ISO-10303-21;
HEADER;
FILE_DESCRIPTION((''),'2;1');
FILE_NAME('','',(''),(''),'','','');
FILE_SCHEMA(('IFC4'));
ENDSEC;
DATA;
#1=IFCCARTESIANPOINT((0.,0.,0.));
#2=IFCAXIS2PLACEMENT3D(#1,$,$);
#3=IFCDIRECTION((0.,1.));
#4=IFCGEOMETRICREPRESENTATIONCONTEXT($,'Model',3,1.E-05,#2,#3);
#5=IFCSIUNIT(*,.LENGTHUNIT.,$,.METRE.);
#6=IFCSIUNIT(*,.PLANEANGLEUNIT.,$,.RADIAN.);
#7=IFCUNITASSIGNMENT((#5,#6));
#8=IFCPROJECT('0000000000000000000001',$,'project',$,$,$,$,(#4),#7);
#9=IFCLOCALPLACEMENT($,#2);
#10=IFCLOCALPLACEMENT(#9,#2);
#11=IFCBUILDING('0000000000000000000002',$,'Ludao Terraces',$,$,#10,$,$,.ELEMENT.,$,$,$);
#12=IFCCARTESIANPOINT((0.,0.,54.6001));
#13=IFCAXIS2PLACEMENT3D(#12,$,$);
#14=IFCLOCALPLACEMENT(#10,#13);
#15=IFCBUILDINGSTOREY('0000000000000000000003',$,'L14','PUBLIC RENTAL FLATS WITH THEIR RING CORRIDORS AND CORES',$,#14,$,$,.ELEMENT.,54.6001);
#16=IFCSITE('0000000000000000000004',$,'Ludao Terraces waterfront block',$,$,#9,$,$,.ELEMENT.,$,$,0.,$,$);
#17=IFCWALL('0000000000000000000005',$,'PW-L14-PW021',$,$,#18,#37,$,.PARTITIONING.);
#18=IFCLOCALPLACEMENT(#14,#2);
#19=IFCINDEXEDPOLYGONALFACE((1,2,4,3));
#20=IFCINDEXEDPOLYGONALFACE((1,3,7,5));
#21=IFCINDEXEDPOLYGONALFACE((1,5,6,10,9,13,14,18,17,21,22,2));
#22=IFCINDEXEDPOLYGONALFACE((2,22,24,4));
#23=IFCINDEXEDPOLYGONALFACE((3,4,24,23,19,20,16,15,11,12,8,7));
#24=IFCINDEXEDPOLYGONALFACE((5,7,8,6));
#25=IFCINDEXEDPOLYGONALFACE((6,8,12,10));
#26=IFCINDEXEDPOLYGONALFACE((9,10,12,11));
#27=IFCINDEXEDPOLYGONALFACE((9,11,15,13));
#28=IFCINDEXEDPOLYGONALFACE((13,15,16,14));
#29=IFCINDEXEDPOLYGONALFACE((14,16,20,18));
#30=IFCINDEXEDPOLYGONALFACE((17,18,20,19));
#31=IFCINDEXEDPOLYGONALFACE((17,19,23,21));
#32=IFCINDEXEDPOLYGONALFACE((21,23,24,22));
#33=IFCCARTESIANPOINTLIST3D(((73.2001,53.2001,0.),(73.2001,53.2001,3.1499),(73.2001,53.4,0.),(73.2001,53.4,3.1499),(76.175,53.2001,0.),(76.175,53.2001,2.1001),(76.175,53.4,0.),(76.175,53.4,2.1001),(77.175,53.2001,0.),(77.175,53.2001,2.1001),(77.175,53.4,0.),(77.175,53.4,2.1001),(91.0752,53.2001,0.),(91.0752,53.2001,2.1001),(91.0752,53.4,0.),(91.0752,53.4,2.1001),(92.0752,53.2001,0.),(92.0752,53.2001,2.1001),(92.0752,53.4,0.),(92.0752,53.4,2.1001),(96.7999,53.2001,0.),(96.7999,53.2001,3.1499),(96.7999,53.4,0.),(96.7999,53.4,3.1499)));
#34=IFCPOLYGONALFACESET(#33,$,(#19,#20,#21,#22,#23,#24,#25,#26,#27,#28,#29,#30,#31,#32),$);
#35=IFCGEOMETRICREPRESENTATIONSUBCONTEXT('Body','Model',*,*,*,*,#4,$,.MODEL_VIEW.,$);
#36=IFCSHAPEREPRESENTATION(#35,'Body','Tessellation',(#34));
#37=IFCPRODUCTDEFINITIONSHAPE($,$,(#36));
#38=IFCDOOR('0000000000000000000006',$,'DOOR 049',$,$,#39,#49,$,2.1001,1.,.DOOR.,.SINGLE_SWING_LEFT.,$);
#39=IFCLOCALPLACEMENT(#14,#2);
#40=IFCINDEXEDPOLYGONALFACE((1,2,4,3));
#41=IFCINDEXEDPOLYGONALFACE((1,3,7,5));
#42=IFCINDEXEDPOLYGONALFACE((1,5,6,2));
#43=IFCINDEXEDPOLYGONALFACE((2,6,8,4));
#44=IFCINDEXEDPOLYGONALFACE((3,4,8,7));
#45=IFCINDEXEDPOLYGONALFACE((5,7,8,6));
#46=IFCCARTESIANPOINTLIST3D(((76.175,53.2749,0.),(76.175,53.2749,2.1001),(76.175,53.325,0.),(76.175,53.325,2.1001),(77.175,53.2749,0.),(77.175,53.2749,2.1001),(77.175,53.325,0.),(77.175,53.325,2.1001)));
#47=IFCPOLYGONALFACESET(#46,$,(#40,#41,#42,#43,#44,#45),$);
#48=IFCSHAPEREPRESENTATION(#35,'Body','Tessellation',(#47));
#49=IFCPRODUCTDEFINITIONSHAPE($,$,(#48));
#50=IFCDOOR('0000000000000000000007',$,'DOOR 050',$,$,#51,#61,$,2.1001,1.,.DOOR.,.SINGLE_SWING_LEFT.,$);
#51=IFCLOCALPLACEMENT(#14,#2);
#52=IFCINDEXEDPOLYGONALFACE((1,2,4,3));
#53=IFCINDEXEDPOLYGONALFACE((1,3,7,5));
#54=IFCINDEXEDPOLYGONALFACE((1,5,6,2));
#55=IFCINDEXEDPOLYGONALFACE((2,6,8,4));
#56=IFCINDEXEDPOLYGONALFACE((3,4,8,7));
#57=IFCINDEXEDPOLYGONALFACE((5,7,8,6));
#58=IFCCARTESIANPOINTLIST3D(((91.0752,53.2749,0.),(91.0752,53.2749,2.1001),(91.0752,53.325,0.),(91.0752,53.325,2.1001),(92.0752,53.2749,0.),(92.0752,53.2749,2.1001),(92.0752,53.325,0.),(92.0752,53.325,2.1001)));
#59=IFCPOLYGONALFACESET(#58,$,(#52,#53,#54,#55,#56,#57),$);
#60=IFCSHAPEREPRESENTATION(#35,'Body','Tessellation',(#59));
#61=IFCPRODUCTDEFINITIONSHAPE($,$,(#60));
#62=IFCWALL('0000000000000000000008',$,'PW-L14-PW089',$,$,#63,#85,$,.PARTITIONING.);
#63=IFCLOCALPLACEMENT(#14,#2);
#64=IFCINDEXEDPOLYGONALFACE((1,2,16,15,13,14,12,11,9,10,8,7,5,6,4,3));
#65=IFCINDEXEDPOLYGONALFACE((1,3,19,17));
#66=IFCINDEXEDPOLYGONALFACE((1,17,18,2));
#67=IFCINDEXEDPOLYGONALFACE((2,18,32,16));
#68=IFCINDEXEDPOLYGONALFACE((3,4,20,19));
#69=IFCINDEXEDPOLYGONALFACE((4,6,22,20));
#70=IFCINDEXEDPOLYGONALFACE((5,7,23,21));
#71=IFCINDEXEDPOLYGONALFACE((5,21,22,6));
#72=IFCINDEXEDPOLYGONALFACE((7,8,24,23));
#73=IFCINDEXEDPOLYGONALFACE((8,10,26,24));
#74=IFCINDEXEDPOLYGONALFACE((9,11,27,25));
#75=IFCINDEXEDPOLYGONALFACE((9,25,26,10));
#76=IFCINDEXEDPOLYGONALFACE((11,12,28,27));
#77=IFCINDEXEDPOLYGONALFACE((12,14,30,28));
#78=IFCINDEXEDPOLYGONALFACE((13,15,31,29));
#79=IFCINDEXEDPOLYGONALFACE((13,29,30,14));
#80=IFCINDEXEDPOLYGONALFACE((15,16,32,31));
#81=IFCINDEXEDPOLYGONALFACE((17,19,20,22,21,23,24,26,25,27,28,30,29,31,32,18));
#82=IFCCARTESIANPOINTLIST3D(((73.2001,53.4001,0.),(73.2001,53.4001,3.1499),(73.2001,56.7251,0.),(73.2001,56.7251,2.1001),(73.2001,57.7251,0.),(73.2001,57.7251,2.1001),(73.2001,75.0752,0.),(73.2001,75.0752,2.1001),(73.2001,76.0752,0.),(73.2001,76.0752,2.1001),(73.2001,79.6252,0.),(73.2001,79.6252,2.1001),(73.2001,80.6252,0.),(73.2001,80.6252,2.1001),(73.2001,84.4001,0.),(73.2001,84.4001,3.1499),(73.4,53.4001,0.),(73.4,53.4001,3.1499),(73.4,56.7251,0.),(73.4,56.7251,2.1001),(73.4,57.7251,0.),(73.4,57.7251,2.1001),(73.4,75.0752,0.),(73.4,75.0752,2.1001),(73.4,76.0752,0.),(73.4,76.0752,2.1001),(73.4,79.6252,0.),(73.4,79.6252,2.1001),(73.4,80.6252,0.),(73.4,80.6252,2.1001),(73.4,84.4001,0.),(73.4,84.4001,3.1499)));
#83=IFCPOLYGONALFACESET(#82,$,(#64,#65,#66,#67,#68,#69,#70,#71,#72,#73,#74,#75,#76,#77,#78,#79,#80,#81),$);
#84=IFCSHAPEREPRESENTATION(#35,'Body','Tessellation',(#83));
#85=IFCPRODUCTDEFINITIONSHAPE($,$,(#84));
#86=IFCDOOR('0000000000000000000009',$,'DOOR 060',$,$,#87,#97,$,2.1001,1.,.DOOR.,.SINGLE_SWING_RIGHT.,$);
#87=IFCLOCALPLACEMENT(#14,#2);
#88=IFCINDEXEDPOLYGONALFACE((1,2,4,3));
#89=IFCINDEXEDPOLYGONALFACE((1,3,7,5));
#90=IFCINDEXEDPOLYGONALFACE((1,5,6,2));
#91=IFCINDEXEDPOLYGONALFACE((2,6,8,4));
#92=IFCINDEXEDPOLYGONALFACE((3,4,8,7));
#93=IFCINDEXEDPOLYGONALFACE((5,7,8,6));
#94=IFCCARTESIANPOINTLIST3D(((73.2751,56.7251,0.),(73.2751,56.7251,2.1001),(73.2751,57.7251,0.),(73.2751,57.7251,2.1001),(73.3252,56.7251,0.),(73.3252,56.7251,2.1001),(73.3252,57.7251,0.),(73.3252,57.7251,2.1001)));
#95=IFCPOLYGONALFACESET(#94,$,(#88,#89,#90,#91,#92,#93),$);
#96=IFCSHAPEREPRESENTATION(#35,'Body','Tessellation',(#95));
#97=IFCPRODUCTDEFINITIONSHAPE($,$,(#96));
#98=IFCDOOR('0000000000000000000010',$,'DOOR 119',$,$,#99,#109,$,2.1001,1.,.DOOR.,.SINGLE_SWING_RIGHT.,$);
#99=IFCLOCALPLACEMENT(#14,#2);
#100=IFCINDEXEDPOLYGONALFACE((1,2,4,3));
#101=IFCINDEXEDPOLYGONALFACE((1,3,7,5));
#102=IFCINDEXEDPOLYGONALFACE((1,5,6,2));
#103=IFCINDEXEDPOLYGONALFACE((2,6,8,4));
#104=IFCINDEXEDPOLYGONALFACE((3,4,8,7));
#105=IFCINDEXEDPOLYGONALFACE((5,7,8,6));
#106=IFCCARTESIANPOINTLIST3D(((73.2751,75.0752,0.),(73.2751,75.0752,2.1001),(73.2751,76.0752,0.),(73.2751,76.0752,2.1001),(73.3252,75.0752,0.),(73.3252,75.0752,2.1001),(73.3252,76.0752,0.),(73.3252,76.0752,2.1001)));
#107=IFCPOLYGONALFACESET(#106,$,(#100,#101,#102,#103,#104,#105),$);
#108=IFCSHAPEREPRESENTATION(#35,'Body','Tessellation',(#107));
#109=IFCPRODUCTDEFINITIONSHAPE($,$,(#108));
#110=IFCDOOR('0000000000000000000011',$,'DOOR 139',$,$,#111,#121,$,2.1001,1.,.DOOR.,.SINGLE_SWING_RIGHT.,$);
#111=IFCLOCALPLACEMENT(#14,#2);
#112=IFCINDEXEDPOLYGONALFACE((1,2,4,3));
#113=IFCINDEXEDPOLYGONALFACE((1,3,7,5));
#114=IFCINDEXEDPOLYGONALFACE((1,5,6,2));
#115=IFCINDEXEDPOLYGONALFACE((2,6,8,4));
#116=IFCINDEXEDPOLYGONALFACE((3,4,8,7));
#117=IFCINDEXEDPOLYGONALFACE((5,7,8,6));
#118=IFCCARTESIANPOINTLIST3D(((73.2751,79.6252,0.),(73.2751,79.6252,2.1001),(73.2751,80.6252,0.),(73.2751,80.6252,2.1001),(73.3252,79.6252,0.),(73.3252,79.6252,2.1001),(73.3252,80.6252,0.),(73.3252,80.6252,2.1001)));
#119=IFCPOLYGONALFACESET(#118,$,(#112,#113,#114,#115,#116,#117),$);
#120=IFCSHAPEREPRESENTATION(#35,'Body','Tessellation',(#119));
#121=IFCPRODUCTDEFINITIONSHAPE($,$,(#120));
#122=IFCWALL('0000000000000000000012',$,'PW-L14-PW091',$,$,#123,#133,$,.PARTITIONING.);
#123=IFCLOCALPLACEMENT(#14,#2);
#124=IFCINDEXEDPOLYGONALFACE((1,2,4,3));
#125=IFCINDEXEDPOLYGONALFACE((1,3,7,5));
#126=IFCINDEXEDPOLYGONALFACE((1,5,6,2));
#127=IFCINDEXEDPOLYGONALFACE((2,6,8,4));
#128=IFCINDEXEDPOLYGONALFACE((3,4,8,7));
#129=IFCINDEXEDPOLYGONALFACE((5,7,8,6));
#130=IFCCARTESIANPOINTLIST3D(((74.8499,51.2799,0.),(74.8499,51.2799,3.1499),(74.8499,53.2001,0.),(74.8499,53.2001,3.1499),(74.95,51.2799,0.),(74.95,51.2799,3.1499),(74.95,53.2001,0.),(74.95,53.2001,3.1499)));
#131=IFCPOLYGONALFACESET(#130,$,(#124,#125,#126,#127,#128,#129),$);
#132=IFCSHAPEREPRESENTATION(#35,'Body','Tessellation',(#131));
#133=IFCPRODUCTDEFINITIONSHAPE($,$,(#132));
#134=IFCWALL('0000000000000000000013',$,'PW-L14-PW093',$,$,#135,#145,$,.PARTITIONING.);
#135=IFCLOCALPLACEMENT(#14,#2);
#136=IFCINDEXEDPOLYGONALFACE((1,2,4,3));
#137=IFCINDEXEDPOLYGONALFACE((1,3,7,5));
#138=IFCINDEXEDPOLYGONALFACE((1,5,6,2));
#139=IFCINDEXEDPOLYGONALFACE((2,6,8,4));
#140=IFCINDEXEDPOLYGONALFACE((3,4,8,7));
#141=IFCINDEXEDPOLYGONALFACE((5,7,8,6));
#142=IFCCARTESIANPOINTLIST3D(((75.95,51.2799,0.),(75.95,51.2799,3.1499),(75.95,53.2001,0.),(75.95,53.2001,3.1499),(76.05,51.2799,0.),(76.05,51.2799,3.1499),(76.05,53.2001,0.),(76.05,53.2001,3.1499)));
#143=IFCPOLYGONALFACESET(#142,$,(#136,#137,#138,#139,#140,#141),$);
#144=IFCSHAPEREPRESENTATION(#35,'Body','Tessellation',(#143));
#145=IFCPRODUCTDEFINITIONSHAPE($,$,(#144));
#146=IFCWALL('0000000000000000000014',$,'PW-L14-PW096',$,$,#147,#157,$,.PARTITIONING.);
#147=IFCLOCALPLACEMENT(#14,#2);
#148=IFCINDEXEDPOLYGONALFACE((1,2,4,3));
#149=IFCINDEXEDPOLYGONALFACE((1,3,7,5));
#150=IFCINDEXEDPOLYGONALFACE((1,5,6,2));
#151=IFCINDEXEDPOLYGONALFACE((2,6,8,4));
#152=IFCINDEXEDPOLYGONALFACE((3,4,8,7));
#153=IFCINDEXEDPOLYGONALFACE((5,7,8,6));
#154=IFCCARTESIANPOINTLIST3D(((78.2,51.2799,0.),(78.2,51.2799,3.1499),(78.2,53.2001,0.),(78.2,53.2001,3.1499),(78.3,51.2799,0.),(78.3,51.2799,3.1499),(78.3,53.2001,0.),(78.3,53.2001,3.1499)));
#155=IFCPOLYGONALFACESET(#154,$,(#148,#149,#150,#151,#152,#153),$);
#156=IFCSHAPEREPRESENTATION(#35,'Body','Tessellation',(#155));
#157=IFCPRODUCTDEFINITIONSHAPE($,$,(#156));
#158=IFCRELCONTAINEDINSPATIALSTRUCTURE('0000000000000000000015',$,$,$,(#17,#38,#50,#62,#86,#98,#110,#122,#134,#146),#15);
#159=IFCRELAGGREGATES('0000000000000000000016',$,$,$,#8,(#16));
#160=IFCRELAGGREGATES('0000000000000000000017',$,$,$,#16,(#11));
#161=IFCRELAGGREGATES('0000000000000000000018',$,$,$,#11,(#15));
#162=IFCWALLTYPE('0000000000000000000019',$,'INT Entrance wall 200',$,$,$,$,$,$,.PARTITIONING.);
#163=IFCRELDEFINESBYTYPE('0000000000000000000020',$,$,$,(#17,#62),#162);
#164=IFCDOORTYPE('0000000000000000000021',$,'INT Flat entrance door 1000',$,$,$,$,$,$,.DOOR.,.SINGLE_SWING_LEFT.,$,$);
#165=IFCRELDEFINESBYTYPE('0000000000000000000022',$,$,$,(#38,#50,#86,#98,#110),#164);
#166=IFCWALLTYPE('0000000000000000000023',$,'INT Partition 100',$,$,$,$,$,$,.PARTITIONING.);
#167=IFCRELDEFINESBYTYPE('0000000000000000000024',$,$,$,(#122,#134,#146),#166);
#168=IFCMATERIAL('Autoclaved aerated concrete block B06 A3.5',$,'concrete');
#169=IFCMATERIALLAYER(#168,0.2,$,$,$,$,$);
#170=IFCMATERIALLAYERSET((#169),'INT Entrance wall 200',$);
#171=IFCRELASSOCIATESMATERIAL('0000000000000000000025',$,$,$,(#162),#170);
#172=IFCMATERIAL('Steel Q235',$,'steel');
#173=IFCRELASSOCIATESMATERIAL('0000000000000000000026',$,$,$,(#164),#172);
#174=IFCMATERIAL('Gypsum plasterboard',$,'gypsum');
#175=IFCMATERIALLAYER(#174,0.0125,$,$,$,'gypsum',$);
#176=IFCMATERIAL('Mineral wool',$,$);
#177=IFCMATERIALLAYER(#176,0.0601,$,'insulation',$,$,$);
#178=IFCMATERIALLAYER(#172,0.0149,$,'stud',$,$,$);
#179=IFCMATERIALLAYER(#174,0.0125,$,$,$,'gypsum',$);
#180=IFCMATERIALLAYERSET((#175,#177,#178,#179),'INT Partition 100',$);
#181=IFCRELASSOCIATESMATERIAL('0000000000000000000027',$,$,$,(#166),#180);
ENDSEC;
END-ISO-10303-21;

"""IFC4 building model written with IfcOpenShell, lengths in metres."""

from ifc_helpers import new_model, si_unit, direction, frame, frame_2d, origin, place, context, subcontext, project, spatial, rectangle, extrude, material, layer, layer_set, type_object, element, fill, save


model = new_model("IFC4")

# Units and contexts
model_context = context("Model", 3, precision=1e-05, world=origin(), true_north=direction((0.0, 1.0)))
body_context = subcontext(model_context, "Body", "Model", "MODEL_VIEW")
ifc_project = project(units=[si_unit("LENGTHUNIT", "METRE"), si_unit("PLANEANGLEUNIT", "RADIAN")], contexts=[model_context])

# Site, building, storey
site_placement = place(None, origin())
site = spatial("IfcSite", under=ifc_project, at=site_placement, Name="Ludao Terraces waterfront block", CompositionType="ELEMENT", RefElevation=0.0)
building_placement = place(site_placement, origin())
building = spatial("IfcBuilding", under=site, at=building_placement, Name="Ludao Terraces", CompositionType="ELEMENT")
storey_placement = place(building_placement, frame((0.0, 0.0, 54.6001)))
storey = spatial("IfcBuildingStorey", under=building, at=storey_placement, Name="L14", Description="PUBLIC RENTAL FLATS WITH THEIR RING CORRIDORS AND CORES", CompositionType="ELEMENT", Elevation=54.6001)

# Shared definitions
ifc_material_1 = material(Name="Steel Q235", Category="steel")

# Walls, openings, doors
ifc_material_2 = material(Name="Autoclaved aerated concrete block B06 A3.5", Category="concrete")
ifc_layer_1 = layer(ifc_material_2, 0.2)
ifc_layer_set_1 = layer_set([ifc_layer_1], Name="INT Entrance wall 200")
wall_type_1 = type_object("IfcWallType", Name="INT Entrance wall 200", PredefinedType="PARTITIONING", material=ifc_layer_set_1)
wall_1_placement = place(storey_placement, frame((73.2002, 53.3, 0.0), z_axis=(0.0, 0.0, 1.0), x_axis=(1.0, 0.0, 0.0)))
wall_1 = element("IfcWall", 1, at=wall_1_placement, inside=storey, type_object=wall_type_1, Name="PW-L14-PW021", PredefinedType="PARTITIONING", context=body_context, shape_type="SweptSolid", body=[
    extrude(rectangle(XDim=23.5999, YDim=0.2, at=frame_2d((11.7998, 0.0))), origin(), (0.0, 0.0, 1.0), 3.1499),
])
opening_1_placement = place(wall_1_placement, frame((2.9749, 0.0, 0.0)))
opening_1 = element("IfcOpeningElement", 2, at=opening_1_placement, cuts=wall_1, PredefinedType="OPENING", context=body_context, shape_type="SweptSolid", body=[
    extrude(rectangle(XDim=1.0, YDim=2.1001, at=frame_2d((0.5, 1.05))), frame((0.0, 0.1099, 0.0), z_axis=(0.0, -1.0, 0.0), x_axis=(1.0, 0.0, 0.0)), (0.0, 0.0, 1.0), 0.22),
])
opening_2_placement = place(wall_1_placement, frame((17.875, 0.0, 0.0)))
opening_2 = element("IfcOpeningElement", 3, at=opening_2_placement, cuts=wall_1, PredefinedType="OPENING", context=body_context, shape_type="SweptSolid", body=[
    extrude(rectangle(XDim=1.0, YDim=2.1001, at=frame_2d((0.5, 1.05))), frame((0.0, 0.1099, 0.0), z_axis=(0.0, -1.0, 0.0), x_axis=(1.0, 0.0, 0.0)), (0.0, 0.0, 1.0), 0.22),
])
door_type_1 = type_object("IfcDoorType", Name="INT Flat entrance door 1000", OperationType="SINGLE_SWING_LEFT", PredefinedType="DOOR", material=ifc_material_1)
door_1_placement = place(opening_1_placement, origin())
door_1 = element("IfcDoor", 4, at=door_1_placement, inside=storey, type_object=door_type_1, Name="DOOR 049", OperationType="SINGLE_SWING_LEFT", OverallHeight=2.1001, OverallWidth=1.0, PredefinedType="DOOR", context=body_context, shape_type="SweptSolid", body=[
    extrude(rectangle(XDim=1.0, YDim=2.1001, at=frame_2d((0.5, 1.05))), frame((0.0, 0.0249, 0.0), z_axis=(0.0, -1.0, 0.0), x_axis=(1.0, 0.0, 0.0)), (0.0, 0.0, 1.0), 0.05),
])
fill(opening_1, door_1)
door_2_placement = place(opening_2_placement, origin())
door_2 = element("IfcDoor", 5, at=door_2_placement, inside=storey, type_object=door_type_1, Name="DOOR 050", OperationType="SINGLE_SWING_LEFT", OverallHeight=2.1001, OverallWidth=1.0, PredefinedType="DOOR", context=body_context, shape_type="SweptSolid", body=[
    extrude(rectangle(XDim=1.0, YDim=2.1001, at=frame_2d((0.5, 1.05))), frame((0.0, 0.0249, 0.0), z_axis=(0.0, -1.0, 0.0), x_axis=(1.0, 0.0, 0.0)), (0.0, 0.0, 1.0), 0.05),
])
fill(opening_2, door_2)
wall_2_placement = place(storey_placement, frame((73.3, 53.4001, 0.0), z_axis=(0.0, 0.0, 1.0), x_axis=(0.0, 1.0, 0.0)))
wall_2 = element("IfcWall", 6, at=wall_2_placement, inside=storey, type_object=wall_type_1, Name="PW-L14-PW089", PredefinedType="PARTITIONING", context=body_context, shape_type="SweptSolid", body=[
    extrude(rectangle(XDim=31.0, YDim=0.2, at=frame_2d((15.5, 0.0))), origin(), (0.0, 0.0, 1.0), 3.1499),
])
opening_3_placement = place(wall_2_placement, frame((3.325, 0.0, 0.0)))
opening_3 = element("IfcOpeningElement", 7, at=opening_3_placement, cuts=wall_2, PredefinedType="OPENING", context=body_context, shape_type="SweptSolid", body=[
    extrude(rectangle(XDim=1.0, YDim=2.1001, at=frame_2d((0.5, 1.05))), frame((0.0, 0.1099, 0.0), z_axis=(0.0, -1.0, 0.0), x_axis=(1.0, 0.0, 0.0)), (0.0, 0.0, 1.0), 0.22),
])
opening_4_placement = place(wall_2_placement, frame((21.675, 0.0, 0.0)))
opening_4 = element("IfcOpeningElement", 8, at=opening_4_placement, cuts=wall_2, PredefinedType="OPENING", context=body_context, shape_type="SweptSolid", body=[
    extrude(rectangle(XDim=1.0, YDim=2.1001, at=frame_2d((0.5, 1.05))), frame((0.0, 0.1099, 0.0), z_axis=(0.0, -1.0, 0.0), x_axis=(1.0, 0.0, 0.0)), (0.0, 0.0, 1.0), 0.22),
])
opening_5_placement = place(wall_2_placement, frame((26.2251, 0.0, 0.0)))
opening_5 = element("IfcOpeningElement", 9, at=opening_5_placement, cuts=wall_2, PredefinedType="OPENING", context=body_context, shape_type="SweptSolid", body=[
    extrude(rectangle(XDim=1.0, YDim=2.1001, at=frame_2d((0.5, 1.05))), frame((0.0, 0.1099, 0.0), z_axis=(0.0, -1.0, 0.0), x_axis=(1.0, 0.0, 0.0)), (0.0, 0.0, 1.0), 0.22),
])
door_3_placement = place(opening_3_placement, origin())
door_3 = element("IfcDoor", 10, at=door_3_placement, inside=storey, type_object=door_type_1, Name="DOOR 060", OperationType="SINGLE_SWING_RIGHT", OverallHeight=2.1001, OverallWidth=1.0, PredefinedType="DOOR", context=body_context, shape_type="SweptSolid", body=[
    extrude(rectangle(XDim=1.0, YDim=2.1001, at=frame_2d((0.5, 1.05))), frame((0.0, 0.0249, 0.0), z_axis=(0.0, -1.0, 0.0), x_axis=(1.0, 0.0, 0.0)), (0.0, 0.0, 1.0), 0.05),
])
fill(opening_3, door_3)
door_4_placement = place(opening_4_placement, origin())
door_4 = element("IfcDoor", 11, at=door_4_placement, inside=storey, type_object=door_type_1, Name="DOOR 119", OperationType="SINGLE_SWING_RIGHT", OverallHeight=2.1001, OverallWidth=1.0, PredefinedType="DOOR", context=body_context, shape_type="SweptSolid", body=[
    extrude(rectangle(XDim=1.0, YDim=2.1001, at=frame_2d((0.5, 1.05))), frame((0.0, 0.0249, 0.0), z_axis=(0.0, -1.0, 0.0), x_axis=(1.0, 0.0, 0.0)), (0.0, 0.0, 1.0), 0.05),
])
fill(opening_4, door_4)
door_5_placement = place(opening_5_placement, origin())
door_5 = element("IfcDoor", 12, at=door_5_placement, inside=storey, type_object=door_type_1, Name="DOOR 139", OperationType="SINGLE_SWING_RIGHT", OverallHeight=2.1001, OverallWidth=1.0, PredefinedType="DOOR", context=body_context, shape_type="SweptSolid", body=[
    extrude(rectangle(XDim=1.0, YDim=2.1001, at=frame_2d((0.5, 1.05))), frame((0.0, 0.0249, 0.0), z_axis=(0.0, -1.0, 0.0), x_axis=(1.0, 0.0, 0.0)), (0.0, 0.0, 1.0), 0.05),
])
fill(opening_5, door_5)

# Walls
ifc_material_3 = material(Name="Gypsum plasterboard", Category="gypsum")
ifc_layer_2 = layer(ifc_material_3, 0.0125, Category="gypsum")
ifc_material_4 = material(Name="Mineral wool")
ifc_layer_3 = layer(ifc_material_4, 0.0601, Name="insulation")
ifc_layer_4 = layer(ifc_material_1, 0.0149, Name="stud")
ifc_layer_5 = layer(ifc_material_3, 0.0125, Category="gypsum")
ifc_layer_set_2 = layer_set([ifc_layer_2, ifc_layer_3, ifc_layer_4, ifc_layer_5], Name="INT Partition 100")
wall_type_2 = type_object("IfcWallType", Name="INT Partition 100", PredefinedType="PARTITIONING", material=ifc_layer_set_2)
for number, where, z_axis, x_axis, name in (
    (13, (74.8999, 51.28, 0.0), (0.0, 0.0, 1.0), (0.0, 1.0, 0.0), "PW-L14-PW091"),
    (14, (76.0, 51.28, 0.0), (0.0, 0.0, 1.0), (0.0, 1.0, 0.0), "PW-L14-PW093"),
    (15, (78.25, 51.28, 0.0), (0.0, 0.0, 1.0), (0.0, 1.0, 0.0), "PW-L14-PW096"),
):
    element("IfcWall", number, at=place(storey_placement, frame(where, z_axis=z_axis, x_axis=x_axis)), inside=storey, type_object=wall_type_2, Name=name, PredefinedType="PARTITIONING", context=body_context, shape_type="SweptSolid", body=[
        extrude(rectangle(XDim=1.9202, YDim=0.1001, at=frame_2d((0.96, 0.0))), origin(), (0.0, 0.0, 1.0), 3.1499),
    ])

save(model, "model.ifc")
